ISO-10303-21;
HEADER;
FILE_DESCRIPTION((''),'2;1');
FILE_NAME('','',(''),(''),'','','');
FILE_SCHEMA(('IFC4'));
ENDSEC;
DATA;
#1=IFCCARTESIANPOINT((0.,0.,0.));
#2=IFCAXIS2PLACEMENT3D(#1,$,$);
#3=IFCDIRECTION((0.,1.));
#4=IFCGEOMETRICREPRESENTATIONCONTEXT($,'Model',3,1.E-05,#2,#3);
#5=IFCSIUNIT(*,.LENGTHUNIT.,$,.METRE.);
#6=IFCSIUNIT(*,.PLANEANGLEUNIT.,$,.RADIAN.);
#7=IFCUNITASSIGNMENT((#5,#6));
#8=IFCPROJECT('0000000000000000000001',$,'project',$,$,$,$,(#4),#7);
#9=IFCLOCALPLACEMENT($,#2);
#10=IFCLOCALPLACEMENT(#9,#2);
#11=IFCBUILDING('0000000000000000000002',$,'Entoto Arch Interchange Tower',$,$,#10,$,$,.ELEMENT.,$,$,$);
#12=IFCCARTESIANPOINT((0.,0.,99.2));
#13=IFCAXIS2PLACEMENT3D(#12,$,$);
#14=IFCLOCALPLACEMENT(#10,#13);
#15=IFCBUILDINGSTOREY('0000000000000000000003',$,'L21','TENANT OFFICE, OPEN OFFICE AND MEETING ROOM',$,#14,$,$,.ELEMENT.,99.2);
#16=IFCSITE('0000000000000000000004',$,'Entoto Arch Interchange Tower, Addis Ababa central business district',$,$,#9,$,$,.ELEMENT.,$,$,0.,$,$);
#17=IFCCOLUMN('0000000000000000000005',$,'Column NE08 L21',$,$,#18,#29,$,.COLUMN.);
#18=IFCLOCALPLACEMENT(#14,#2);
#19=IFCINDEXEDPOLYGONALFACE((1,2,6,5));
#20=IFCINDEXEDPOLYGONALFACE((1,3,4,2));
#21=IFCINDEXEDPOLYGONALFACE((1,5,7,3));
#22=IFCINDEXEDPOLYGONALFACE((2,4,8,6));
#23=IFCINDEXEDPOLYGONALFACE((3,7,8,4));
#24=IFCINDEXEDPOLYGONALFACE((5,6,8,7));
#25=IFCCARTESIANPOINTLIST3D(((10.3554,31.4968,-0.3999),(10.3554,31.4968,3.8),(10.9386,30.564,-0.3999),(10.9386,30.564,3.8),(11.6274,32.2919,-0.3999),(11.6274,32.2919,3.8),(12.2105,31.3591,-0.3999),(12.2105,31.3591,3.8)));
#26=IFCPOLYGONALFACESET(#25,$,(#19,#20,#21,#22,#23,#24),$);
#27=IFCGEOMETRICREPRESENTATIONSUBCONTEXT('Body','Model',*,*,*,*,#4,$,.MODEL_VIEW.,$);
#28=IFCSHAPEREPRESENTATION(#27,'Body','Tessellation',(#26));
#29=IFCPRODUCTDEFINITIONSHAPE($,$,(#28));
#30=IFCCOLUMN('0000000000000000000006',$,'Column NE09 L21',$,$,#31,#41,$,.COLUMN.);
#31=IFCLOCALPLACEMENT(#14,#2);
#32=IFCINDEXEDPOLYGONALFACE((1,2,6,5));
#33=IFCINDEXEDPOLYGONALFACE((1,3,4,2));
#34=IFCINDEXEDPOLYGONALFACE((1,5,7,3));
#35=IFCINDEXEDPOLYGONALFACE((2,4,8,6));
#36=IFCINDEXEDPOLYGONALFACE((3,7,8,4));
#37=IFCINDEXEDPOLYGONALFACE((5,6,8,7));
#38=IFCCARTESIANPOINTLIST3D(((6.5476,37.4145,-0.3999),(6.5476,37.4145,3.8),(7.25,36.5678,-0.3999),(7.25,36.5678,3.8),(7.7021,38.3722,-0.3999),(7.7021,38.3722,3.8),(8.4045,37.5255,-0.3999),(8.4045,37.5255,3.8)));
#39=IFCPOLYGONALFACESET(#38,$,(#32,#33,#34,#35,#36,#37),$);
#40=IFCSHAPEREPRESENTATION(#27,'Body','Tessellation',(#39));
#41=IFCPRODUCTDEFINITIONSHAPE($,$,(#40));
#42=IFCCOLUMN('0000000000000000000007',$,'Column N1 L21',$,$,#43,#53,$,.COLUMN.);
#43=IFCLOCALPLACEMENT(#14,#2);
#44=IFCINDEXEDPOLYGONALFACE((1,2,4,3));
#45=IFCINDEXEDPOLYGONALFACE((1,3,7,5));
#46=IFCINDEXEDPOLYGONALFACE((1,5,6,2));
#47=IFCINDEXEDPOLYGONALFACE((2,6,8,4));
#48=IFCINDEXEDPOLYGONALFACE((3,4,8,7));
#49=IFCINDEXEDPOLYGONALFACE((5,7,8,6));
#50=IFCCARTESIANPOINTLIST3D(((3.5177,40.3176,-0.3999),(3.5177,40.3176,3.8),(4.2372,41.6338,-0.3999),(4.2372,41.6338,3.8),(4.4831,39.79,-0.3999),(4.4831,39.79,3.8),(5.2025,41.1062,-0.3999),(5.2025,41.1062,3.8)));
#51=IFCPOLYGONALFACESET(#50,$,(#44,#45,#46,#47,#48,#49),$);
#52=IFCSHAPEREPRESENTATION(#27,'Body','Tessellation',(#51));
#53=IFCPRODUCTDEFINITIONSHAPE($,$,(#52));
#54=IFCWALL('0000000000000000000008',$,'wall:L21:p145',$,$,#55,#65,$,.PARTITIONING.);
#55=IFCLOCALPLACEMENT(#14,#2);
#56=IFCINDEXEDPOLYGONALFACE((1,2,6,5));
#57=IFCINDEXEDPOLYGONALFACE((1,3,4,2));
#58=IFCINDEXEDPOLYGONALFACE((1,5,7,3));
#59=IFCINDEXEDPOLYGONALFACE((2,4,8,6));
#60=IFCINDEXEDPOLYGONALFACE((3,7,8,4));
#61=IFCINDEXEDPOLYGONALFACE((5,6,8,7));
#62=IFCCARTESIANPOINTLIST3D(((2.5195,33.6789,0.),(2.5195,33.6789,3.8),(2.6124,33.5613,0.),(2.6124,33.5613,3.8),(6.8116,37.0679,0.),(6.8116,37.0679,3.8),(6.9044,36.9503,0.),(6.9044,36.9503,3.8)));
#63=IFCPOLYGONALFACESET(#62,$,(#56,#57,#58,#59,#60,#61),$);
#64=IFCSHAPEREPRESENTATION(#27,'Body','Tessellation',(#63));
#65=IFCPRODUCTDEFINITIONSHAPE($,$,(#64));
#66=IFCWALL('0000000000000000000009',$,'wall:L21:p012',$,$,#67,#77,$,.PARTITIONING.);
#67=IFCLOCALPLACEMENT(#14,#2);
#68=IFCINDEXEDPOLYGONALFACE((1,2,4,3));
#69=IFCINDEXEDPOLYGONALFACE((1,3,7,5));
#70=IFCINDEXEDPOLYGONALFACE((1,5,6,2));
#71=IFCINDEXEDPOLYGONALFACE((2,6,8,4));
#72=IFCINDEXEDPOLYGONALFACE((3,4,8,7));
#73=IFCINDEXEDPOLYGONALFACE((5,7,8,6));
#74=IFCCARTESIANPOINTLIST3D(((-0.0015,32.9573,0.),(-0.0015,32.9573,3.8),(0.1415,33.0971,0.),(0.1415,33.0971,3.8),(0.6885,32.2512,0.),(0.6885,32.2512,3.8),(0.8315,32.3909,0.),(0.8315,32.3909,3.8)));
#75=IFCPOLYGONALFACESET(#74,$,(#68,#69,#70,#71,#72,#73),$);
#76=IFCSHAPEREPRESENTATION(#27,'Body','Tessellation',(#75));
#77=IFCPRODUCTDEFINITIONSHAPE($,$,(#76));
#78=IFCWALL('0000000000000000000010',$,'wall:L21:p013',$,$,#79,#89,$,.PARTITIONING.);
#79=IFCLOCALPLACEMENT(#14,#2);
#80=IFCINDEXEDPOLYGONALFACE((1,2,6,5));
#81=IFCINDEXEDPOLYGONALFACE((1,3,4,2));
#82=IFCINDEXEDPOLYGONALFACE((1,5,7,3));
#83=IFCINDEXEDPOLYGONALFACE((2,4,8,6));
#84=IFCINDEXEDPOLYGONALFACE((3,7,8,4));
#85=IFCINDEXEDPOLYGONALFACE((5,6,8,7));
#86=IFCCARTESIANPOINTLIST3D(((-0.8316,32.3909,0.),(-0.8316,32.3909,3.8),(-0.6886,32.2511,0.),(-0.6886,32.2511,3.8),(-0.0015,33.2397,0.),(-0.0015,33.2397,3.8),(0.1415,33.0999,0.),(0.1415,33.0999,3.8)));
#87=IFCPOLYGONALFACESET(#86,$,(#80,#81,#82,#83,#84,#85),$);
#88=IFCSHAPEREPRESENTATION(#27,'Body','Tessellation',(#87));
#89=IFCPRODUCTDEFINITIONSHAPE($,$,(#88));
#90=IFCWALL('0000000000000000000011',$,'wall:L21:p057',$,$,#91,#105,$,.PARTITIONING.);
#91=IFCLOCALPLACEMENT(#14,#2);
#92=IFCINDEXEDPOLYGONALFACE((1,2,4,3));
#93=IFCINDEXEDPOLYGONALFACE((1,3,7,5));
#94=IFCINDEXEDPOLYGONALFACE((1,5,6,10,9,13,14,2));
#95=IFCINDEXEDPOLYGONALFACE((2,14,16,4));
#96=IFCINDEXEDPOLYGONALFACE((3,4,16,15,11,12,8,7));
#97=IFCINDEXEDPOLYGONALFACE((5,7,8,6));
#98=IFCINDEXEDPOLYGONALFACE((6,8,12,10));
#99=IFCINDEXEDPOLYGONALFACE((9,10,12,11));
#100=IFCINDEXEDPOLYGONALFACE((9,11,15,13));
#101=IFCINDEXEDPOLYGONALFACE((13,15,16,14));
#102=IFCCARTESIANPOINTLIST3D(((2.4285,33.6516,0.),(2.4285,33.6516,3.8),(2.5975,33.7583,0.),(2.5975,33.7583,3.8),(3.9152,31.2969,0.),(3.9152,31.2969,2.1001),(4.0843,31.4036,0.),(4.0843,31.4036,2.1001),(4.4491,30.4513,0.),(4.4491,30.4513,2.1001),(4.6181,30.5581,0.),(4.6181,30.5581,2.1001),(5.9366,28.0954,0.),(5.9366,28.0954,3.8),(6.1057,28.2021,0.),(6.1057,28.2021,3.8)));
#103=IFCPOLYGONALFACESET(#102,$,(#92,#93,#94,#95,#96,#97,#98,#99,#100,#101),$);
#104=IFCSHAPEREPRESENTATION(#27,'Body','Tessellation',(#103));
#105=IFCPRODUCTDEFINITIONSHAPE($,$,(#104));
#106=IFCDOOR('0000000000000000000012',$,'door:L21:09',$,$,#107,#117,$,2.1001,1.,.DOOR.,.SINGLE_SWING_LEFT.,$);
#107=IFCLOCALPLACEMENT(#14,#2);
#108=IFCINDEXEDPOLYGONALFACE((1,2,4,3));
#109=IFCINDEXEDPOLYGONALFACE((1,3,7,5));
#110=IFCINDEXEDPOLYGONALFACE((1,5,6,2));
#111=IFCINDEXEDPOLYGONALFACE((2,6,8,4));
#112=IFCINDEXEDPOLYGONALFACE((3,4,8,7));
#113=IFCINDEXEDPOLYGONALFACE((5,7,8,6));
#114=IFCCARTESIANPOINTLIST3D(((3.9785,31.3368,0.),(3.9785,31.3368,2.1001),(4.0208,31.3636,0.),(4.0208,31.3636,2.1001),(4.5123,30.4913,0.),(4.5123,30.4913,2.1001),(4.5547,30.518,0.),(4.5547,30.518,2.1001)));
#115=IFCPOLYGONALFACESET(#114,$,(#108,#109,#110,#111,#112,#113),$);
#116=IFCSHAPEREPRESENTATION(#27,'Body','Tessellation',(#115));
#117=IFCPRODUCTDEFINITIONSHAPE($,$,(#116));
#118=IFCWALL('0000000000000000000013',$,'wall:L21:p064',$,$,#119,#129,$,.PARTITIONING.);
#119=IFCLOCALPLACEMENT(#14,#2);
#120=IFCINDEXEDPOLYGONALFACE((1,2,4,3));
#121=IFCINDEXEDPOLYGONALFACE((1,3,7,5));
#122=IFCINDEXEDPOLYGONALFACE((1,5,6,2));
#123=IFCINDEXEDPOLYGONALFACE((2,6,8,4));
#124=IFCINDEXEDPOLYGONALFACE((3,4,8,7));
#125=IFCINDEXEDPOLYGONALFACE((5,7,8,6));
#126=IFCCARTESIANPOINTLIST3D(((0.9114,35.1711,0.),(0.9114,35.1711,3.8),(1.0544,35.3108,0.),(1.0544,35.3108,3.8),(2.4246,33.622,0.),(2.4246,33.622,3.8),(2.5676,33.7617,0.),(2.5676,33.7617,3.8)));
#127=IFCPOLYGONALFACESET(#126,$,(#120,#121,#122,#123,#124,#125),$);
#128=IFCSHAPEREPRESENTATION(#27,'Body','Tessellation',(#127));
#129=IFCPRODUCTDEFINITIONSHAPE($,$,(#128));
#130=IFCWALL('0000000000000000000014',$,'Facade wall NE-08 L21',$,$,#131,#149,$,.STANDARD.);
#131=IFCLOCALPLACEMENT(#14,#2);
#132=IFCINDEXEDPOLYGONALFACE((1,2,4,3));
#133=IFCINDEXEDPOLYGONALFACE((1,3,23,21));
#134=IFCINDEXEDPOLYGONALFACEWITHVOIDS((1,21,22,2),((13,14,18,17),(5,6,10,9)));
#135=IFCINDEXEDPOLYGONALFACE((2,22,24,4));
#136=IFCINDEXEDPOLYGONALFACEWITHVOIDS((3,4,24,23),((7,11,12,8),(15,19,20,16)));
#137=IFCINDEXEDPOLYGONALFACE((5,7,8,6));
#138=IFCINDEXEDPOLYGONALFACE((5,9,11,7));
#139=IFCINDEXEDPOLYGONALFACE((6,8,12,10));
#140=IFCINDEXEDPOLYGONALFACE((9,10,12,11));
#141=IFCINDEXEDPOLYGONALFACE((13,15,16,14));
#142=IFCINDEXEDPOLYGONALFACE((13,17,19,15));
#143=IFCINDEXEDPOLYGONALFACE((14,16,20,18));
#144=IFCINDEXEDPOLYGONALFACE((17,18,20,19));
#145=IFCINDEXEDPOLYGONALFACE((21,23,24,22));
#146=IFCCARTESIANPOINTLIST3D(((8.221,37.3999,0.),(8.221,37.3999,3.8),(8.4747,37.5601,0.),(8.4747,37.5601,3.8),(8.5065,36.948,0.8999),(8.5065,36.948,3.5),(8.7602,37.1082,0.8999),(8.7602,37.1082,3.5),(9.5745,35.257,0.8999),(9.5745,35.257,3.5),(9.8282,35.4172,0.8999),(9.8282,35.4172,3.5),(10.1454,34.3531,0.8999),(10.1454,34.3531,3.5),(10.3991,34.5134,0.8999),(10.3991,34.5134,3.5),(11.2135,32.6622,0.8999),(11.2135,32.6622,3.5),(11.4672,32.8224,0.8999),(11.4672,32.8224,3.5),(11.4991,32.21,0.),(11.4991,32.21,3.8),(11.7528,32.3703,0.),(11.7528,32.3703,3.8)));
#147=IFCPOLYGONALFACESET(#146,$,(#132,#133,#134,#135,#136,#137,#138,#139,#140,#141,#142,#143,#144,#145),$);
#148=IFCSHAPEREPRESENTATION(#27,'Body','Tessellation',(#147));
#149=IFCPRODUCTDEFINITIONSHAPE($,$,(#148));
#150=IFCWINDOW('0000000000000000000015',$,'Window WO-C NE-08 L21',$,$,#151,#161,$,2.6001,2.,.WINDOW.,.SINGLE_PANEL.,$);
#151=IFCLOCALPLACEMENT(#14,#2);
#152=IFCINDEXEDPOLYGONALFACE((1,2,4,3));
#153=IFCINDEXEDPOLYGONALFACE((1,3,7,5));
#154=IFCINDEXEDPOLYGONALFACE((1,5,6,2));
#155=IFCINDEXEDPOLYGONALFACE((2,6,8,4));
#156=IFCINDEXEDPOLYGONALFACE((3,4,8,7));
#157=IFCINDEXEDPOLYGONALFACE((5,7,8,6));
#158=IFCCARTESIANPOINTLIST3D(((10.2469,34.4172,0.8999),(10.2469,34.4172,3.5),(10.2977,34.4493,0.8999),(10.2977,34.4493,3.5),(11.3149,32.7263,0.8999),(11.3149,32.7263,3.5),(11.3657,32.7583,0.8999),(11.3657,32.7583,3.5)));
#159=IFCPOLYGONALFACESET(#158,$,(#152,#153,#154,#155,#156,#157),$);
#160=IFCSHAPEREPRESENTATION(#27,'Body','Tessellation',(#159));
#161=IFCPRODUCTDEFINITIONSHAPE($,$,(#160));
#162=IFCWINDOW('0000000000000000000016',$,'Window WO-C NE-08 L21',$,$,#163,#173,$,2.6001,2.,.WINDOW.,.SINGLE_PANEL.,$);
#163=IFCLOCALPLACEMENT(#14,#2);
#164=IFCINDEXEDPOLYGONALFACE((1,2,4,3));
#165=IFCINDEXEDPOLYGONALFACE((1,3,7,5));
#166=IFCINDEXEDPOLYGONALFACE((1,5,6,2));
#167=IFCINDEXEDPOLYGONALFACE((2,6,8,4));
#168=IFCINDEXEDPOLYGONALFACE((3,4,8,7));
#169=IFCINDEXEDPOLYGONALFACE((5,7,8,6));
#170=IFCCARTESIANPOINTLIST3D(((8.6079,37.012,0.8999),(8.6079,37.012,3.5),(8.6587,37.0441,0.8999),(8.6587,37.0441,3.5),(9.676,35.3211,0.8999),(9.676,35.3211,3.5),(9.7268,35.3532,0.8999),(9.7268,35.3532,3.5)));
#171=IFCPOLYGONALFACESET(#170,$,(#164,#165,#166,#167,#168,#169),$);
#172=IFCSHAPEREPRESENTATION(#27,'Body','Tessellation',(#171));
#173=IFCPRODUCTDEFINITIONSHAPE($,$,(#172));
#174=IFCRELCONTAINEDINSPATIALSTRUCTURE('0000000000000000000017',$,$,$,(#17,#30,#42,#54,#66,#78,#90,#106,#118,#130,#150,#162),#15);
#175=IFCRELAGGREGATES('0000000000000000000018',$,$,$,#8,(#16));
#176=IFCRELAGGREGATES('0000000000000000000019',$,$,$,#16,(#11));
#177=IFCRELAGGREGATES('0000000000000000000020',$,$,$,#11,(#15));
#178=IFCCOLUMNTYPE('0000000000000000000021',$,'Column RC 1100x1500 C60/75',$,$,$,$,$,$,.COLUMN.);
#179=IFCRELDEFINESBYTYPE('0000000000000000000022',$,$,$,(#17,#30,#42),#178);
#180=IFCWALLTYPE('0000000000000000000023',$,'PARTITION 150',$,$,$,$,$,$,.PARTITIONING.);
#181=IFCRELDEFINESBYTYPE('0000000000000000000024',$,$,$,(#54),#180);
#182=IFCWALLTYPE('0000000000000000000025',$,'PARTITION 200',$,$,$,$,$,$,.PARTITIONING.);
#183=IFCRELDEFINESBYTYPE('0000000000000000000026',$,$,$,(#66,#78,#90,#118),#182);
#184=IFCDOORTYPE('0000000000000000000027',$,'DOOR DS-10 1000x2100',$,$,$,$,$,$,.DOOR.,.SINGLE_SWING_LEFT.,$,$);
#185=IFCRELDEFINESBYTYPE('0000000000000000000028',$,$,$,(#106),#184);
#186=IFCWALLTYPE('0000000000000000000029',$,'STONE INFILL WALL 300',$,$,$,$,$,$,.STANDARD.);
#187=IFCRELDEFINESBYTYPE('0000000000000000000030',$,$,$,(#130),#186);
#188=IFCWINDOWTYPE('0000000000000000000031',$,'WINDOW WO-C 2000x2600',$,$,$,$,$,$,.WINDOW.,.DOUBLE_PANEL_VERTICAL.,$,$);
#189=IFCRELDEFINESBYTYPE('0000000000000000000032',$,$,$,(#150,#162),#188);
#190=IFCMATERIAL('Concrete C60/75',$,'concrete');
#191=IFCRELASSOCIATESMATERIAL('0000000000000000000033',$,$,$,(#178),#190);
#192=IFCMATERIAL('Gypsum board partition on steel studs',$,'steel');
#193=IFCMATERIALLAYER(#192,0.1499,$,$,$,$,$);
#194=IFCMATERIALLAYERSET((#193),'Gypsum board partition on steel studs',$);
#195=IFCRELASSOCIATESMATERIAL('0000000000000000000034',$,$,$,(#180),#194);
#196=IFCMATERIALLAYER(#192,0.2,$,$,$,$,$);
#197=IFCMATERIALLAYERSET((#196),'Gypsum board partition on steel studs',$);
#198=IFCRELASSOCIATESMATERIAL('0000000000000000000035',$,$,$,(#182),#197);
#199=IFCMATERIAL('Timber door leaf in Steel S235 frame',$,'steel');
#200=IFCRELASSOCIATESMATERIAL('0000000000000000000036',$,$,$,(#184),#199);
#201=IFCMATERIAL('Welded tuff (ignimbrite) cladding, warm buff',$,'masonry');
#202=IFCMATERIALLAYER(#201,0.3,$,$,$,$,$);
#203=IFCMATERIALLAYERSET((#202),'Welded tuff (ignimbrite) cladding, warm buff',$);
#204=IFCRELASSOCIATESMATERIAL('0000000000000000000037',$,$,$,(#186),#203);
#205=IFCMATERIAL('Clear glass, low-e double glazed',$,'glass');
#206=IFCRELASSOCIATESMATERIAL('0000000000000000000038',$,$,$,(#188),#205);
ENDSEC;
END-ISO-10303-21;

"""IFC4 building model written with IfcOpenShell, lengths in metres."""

from ifc_helpers import new_model, si_unit, direction, frame, frame_2d, origin, origin_2d, place, context, subcontext, project, spatial, rectangle, extrude, material, layer, layer_set, material_profile, profile_set, type_object, element, fill, save


model = new_model("IFC4")

# Units and contexts
model_context = context("Model", 3, precision=1e-05, world=origin(), true_north=direction((0.0, 1.0)))
body_context = subcontext(model_context, "Body", "Model", "MODEL_VIEW")
ifc_project = project(units=[si_unit("LENGTHUNIT", "METRE"), si_unit("PLANEANGLEUNIT", "RADIAN")], contexts=[model_context])

# Site, building, storey
site_placement = place(None, origin())
site = spatial("IfcSite", under=ifc_project, at=site_placement, Name="Entoto Arch Interchange Tower, Addis Ababa central business district", CompositionType="ELEMENT", RefElevation=0.0)
building_placement = place(site_placement, origin())
building = spatial("IfcBuilding", under=site, at=building_placement, Name="Entoto Arch Interchange Tower", CompositionType="ELEMENT")
storey_placement = place(building_placement, frame((0.0, 0.0, 99.2)))
storey = spatial("IfcBuildingStorey", under=building, at=storey_placement, Name="L21", Description="TENANT OFFICE, OPEN OFFICE AND MEETING ROOM", CompositionType="ELEMENT", Elevation=99.2)

# Columns
ifc_material_1 = material(Name="Concrete C60/75", Category="concrete")
ifc_material_profile = material_profile(ifc_material_1, rectangle(XDim=1.1001, YDim=1.5, at=origin_2d()))
ifc_profile_set = profile_set([ifc_material_profile], Name="Concrete C60/75")
column_type = type_object("IfcColumnType", Name="Column RC 1100x1500 C60/75", PredefinedType="COLUMN", material=ifc_profile_set)
for number, where, z_axis, x_axis, name in (
    (1, (11.283, 31.428, -0.3999), (0.0, 0.0, 1.0), (-0.530067, 0.847956, 0.0), "Column NE08 L21"),
    (2, (7.4761, 37.47, -0.3999), (0.0, 0.0, 1.0), (-0.638459, 0.769656, 0.0), "Column NE09 L21"),
    (3, (4.3601, 40.7119, -0.3999), (0.0, 0.0, 1.0), (-0.877481, 0.479611, 0.0), "Column N1 L21"),
):
    element("IfcColumn", number, at=place(storey_placement, frame(where, z_axis=z_axis, x_axis=x_axis)), inside=storey, type_object=column_type, Name=name, PredefinedType="COLUMN", context=body_context, shape_type="SweptSolid", body=[
        extrude(rectangle(XDim=1.1001, YDim=1.5, at=origin_2d()), origin(), (0.0, 0.0, 1.0), 4.2),
    ])

# Walls
ifc_material_2 = material(Name="Gypsum board partition on steel studs", Category="steel")
ifc_layer_1 = layer(ifc_material_2, 0.1499)
ifc_layer_set_1 = layer_set([ifc_layer_1], Name="Gypsum board partition on steel studs")
wall_type_1 = type_object("IfcWallType", Name="PARTITION 150", PredefinedType="PARTITIONING", material=ifc_layer_set_1)
wall_1_placement = place(storey_placement, frame((2.5659, 33.6201, 0.0), z_axis=(0.0, 0.0, 1.0), x_axis=(0.784838, 0.619701, 0.0)))
element("IfcWall", 4, at=wall_1_placement, inside=storey, type_object=wall_type_1, Name="wall:L21:p145", PredefinedType="PARTITIONING", context=body_context, shape_type="SweptSolid", body=[
    extrude(rectangle(XDim=5.4688, YDim=0.1499, at=frame_2d((2.7344, 0.0))), origin(), (0.0, 0.0, 1.0), 3.8),
])
ifc_layer_2 = layer(ifc_material_2, 0.2)
ifc_layer_set_2 = layer_set([ifc_layer_2], Name="Gypsum board partition on steel studs")
wall_type_2 = type_object("IfcWallType", Name="PARTITION 200", PredefinedType="PARTITIONING", material=ifc_layer_set_2)
wall_2_placement = place(storey_placement, frame((0.76, 32.321, 0.0), z_axis=(0.0, 0.0, 1.0), x_axis=(-0.698898, 0.715221, 0.0)))
element("IfcWall", 5, at=wall_2_placement, inside=storey, type_object=wall_type_2, Name="wall:L21:p012", PredefinedType="PARTITIONING", context=body_context, shape_type="SweptSolid", body=[
    extrude(rectangle(XDim=0.9873, YDim=0.2, at=frame_2d((0.4937, 0.0))), origin(), (0.0, 0.0, 1.0), 3.8),
])
wall_3_placement = place(storey_placement, frame((0.0701, 33.1699, 0.0), z_axis=(0.0, 0.0, 1.0), x_axis=(-0.699146, -0.714979, 0.0)))
element("IfcWall", 6, at=wall_3_placement, inside=storey, type_object=wall_type_2, Name="wall:L21:p013", PredefinedType="PARTITIONING", context=body_context, shape_type="SweptSolid", body=[
    extrude(rectangle(XDim=1.1873, YDim=0.2, at=frame_2d((0.5938, 0.0))), origin(), (0.0, 0.0, 1.0), 3.8),
])

# Wall, opening, door
wall_4_placement = place(storey_placement, frame((2.5129, 33.7051, 0.0), z_axis=(0.0, 0.0, 1.0), x_axis=(0.533874, -0.845564, 0.0)))
wall_4 = element("IfcWall", 7, at=wall_4_placement, inside=storey, type_object=wall_type_2, Name="wall:L21:p057", PredefinedType="PARTITIONING", context=body_context, shape_type="SweptSolid", body=[
    extrude(rectangle(XDim=6.571, YDim=0.2, at=frame_2d((3.2856, 0.0))), origin(), (0.0, 0.0, 1.0), 3.8),
])
opening_1_placement = place(wall_4_placement, frame((2.7849, 0.0, 0.0)))
opening_1 = element("IfcOpeningElement", 8, at=opening_1_placement, cuts=wall_4, PredefinedType="OPENING", context=body_context, shape_type="SweptSolid", body=[
    extrude(rectangle(XDim=1.0, YDim=2.1001, at=frame_2d((0.5, 1.05))), frame((0.0, 0.1099, 0.0), z_axis=(0.0, -1.0, 0.0), x_axis=(1.0, 0.0, 0.0)), (0.0, 0.0, 1.0), 0.22),
])
ifc_material_3 = material(Name="Timber door leaf in Steel S235 frame", Category="steel")
door_type = type_object("IfcDoorType", Name="DOOR DS-10 1000x2100", OperationType="SINGLE_SWING_LEFT", PredefinedType="DOOR", material=ifc_material_3)
door_placement = place(opening_1_placement, origin())
door = element("IfcDoor", 9, at=door_placement, inside=storey, type_object=door_type, Name="door:L21:09", OperationType="SINGLE_SWING_LEFT", OverallHeight=2.1001, OverallWidth=1.0, PredefinedType="DOOR", context=body_context, shape_type="SweptSolid", body=[
    extrude(rectangle(XDim=1.0, YDim=2.1001, at=frame_2d((0.5, 1.05))), frame((0.0, 0.0249, 0.0), z_axis=(0.0, -1.0, 0.0), x_axis=(1.0, 0.0, 0.0)), (0.0, 0.0, 1.0), 0.05),
])
fill(opening_1, door)

# Wall
wall_5_placement = place(storey_placement, frame((0.9829, 35.241, 0.0), z_axis=(0.0, 0.0, 1.0), x_axis=(0.698772, -0.715345, 0.0)))
element("IfcWall", 10, at=wall_5_placement, inside=storey, type_object=wall_type_2, Name="wall:L21:p064", PredefinedType="PARTITIONING", context=body_context, shape_type="SweptSolid", body=[
    extrude(rectangle(XDim=2.1655, YDim=0.2, at=frame_2d((1.0828, 0.0))), origin(), (0.0, 0.0, 1.0), 3.8),
])

# Wall, openings, windows
ifc_material_4 = material(Name="Welded tuff (ignimbrite) cladding, warm buff", Category="masonry")
ifc_layer_3 = layer(ifc_material_4, 0.3)
ifc_layer_set_3 = layer_set([ifc_layer_3], Name="Welded tuff (ignimbrite) cladding, warm buff")
wall_type_3 = type_object("IfcWallType", Name="STONE INFILL WALL 300", PredefinedType="STANDARD", material=ifc_layer_set_3)
wall_6_placement = place(storey_placement, frame((11.626, 32.29, 0.0), z_axis=(0.0, 0.0, 1.0), x_axis=(-0.534018, 0.845473, 0.0)))
wall_6 = element("IfcWall", 11, at=wall_6_placement, inside=storey, type_object=wall_type_3, Name="Facade wall NE-08 L21", PredefinedType="STANDARD", context=body_context, shape_type="SweptSolid", body=[
    extrude(rectangle(XDim=6.1384, YDim=0.3, at=frame_2d((3.0693, 0.0))), origin(), (0.0, 0.0, 1.0), 3.8),
])
opening_2_placement = place(wall_6_placement, frame((0.5349, 0.0, 0.8999)))
opening_2 = element("IfcOpeningElement", 12, at=opening_2_placement, cuts=wall_6, PredefinedType="OPENING", context=body_context, shape_type="SweptSolid", body=[
    extrude(rectangle(XDim=2.0, YDim=2.6001, at=frame_2d((1.0, 1.3))), frame((0.0, 0.1602, 0.0), z_axis=(0.0, -1.0, 0.0), x_axis=(1.0, 0.0, 0.0)), (0.0, 0.0, 1.0), 0.3201),
])
opening_3_placement = place(wall_6_placement, frame((3.604, 0.0, 0.8999)))
opening_3 = element("IfcOpeningElement", 13, at=opening_3_placement, cuts=wall_6, PredefinedType="OPENING", context=body_context, shape_type="SweptSolid", body=[
    extrude(rectangle(XDim=2.0, YDim=2.6001, at=frame_2d((1.0, 1.3))), frame((0.0, 0.1602, 0.0), z_axis=(0.0, -1.0, 0.0), x_axis=(1.0, 0.0, 0.0)), (0.0, 0.0, 1.0), 0.3201),
])
ifc_material_5 = material(Name="Clear glass, low-e double glazed", Category="glass")
window_type_1 = type_object("IfcWindowType", Name="WINDOW WO-C 2000x2600", PartitioningType="DOUBLE_PANEL_VERTICAL", PredefinedType="WINDOW", material=ifc_material_5)
window_1_placement = place(opening_2_placement, origin())
window_1 = element("IfcWindow", 14, at=window_1_placement, inside=storey, type_object=window_type_1, Name="Window WO-C NE-08 L21", OverallHeight=2.6001, OverallWidth=2.0, PartitioningType="SINGLE_PANEL", PredefinedType="WINDOW", context=body_context, shape_type="SweptSolid", body=[
    extrude(rectangle(XDim=2.0, YDim=2.6001, at=frame_2d((1.0, 1.3))), frame((0.0, 0.03, 0.0), z_axis=(0.0, -1.0, 0.0), x_axis=(1.0, 0.0, 0.0)), (0.0, 0.0, 1.0), 0.0601),
])
fill(opening_2, window_1)
window_2_placement = place(opening_3_placement, origin())
window_2 = element("IfcWindow", 15, at=window_2_placement, inside=storey, type_object=window_type_1, Name="Window WO-C NE-08 L21", OverallHeight=2.6001, OverallWidth=2.0, PartitioningType="SINGLE_PANEL", PredefinedType="WINDOW", context=body_context, shape_type="SweptSolid", body=[
    extrude(rectangle(XDim=2.0, YDim=2.6001, at=frame_2d((1.0, 1.3))), frame((0.0, 0.03, 0.0), z_axis=(0.0, -1.0, 0.0), x_axis=(1.0, 0.0, 0.0)), (0.0, 0.0, 1.0), 0.0601),
])
fill(opening_3, window_2)

save(model, "model.ifc")
